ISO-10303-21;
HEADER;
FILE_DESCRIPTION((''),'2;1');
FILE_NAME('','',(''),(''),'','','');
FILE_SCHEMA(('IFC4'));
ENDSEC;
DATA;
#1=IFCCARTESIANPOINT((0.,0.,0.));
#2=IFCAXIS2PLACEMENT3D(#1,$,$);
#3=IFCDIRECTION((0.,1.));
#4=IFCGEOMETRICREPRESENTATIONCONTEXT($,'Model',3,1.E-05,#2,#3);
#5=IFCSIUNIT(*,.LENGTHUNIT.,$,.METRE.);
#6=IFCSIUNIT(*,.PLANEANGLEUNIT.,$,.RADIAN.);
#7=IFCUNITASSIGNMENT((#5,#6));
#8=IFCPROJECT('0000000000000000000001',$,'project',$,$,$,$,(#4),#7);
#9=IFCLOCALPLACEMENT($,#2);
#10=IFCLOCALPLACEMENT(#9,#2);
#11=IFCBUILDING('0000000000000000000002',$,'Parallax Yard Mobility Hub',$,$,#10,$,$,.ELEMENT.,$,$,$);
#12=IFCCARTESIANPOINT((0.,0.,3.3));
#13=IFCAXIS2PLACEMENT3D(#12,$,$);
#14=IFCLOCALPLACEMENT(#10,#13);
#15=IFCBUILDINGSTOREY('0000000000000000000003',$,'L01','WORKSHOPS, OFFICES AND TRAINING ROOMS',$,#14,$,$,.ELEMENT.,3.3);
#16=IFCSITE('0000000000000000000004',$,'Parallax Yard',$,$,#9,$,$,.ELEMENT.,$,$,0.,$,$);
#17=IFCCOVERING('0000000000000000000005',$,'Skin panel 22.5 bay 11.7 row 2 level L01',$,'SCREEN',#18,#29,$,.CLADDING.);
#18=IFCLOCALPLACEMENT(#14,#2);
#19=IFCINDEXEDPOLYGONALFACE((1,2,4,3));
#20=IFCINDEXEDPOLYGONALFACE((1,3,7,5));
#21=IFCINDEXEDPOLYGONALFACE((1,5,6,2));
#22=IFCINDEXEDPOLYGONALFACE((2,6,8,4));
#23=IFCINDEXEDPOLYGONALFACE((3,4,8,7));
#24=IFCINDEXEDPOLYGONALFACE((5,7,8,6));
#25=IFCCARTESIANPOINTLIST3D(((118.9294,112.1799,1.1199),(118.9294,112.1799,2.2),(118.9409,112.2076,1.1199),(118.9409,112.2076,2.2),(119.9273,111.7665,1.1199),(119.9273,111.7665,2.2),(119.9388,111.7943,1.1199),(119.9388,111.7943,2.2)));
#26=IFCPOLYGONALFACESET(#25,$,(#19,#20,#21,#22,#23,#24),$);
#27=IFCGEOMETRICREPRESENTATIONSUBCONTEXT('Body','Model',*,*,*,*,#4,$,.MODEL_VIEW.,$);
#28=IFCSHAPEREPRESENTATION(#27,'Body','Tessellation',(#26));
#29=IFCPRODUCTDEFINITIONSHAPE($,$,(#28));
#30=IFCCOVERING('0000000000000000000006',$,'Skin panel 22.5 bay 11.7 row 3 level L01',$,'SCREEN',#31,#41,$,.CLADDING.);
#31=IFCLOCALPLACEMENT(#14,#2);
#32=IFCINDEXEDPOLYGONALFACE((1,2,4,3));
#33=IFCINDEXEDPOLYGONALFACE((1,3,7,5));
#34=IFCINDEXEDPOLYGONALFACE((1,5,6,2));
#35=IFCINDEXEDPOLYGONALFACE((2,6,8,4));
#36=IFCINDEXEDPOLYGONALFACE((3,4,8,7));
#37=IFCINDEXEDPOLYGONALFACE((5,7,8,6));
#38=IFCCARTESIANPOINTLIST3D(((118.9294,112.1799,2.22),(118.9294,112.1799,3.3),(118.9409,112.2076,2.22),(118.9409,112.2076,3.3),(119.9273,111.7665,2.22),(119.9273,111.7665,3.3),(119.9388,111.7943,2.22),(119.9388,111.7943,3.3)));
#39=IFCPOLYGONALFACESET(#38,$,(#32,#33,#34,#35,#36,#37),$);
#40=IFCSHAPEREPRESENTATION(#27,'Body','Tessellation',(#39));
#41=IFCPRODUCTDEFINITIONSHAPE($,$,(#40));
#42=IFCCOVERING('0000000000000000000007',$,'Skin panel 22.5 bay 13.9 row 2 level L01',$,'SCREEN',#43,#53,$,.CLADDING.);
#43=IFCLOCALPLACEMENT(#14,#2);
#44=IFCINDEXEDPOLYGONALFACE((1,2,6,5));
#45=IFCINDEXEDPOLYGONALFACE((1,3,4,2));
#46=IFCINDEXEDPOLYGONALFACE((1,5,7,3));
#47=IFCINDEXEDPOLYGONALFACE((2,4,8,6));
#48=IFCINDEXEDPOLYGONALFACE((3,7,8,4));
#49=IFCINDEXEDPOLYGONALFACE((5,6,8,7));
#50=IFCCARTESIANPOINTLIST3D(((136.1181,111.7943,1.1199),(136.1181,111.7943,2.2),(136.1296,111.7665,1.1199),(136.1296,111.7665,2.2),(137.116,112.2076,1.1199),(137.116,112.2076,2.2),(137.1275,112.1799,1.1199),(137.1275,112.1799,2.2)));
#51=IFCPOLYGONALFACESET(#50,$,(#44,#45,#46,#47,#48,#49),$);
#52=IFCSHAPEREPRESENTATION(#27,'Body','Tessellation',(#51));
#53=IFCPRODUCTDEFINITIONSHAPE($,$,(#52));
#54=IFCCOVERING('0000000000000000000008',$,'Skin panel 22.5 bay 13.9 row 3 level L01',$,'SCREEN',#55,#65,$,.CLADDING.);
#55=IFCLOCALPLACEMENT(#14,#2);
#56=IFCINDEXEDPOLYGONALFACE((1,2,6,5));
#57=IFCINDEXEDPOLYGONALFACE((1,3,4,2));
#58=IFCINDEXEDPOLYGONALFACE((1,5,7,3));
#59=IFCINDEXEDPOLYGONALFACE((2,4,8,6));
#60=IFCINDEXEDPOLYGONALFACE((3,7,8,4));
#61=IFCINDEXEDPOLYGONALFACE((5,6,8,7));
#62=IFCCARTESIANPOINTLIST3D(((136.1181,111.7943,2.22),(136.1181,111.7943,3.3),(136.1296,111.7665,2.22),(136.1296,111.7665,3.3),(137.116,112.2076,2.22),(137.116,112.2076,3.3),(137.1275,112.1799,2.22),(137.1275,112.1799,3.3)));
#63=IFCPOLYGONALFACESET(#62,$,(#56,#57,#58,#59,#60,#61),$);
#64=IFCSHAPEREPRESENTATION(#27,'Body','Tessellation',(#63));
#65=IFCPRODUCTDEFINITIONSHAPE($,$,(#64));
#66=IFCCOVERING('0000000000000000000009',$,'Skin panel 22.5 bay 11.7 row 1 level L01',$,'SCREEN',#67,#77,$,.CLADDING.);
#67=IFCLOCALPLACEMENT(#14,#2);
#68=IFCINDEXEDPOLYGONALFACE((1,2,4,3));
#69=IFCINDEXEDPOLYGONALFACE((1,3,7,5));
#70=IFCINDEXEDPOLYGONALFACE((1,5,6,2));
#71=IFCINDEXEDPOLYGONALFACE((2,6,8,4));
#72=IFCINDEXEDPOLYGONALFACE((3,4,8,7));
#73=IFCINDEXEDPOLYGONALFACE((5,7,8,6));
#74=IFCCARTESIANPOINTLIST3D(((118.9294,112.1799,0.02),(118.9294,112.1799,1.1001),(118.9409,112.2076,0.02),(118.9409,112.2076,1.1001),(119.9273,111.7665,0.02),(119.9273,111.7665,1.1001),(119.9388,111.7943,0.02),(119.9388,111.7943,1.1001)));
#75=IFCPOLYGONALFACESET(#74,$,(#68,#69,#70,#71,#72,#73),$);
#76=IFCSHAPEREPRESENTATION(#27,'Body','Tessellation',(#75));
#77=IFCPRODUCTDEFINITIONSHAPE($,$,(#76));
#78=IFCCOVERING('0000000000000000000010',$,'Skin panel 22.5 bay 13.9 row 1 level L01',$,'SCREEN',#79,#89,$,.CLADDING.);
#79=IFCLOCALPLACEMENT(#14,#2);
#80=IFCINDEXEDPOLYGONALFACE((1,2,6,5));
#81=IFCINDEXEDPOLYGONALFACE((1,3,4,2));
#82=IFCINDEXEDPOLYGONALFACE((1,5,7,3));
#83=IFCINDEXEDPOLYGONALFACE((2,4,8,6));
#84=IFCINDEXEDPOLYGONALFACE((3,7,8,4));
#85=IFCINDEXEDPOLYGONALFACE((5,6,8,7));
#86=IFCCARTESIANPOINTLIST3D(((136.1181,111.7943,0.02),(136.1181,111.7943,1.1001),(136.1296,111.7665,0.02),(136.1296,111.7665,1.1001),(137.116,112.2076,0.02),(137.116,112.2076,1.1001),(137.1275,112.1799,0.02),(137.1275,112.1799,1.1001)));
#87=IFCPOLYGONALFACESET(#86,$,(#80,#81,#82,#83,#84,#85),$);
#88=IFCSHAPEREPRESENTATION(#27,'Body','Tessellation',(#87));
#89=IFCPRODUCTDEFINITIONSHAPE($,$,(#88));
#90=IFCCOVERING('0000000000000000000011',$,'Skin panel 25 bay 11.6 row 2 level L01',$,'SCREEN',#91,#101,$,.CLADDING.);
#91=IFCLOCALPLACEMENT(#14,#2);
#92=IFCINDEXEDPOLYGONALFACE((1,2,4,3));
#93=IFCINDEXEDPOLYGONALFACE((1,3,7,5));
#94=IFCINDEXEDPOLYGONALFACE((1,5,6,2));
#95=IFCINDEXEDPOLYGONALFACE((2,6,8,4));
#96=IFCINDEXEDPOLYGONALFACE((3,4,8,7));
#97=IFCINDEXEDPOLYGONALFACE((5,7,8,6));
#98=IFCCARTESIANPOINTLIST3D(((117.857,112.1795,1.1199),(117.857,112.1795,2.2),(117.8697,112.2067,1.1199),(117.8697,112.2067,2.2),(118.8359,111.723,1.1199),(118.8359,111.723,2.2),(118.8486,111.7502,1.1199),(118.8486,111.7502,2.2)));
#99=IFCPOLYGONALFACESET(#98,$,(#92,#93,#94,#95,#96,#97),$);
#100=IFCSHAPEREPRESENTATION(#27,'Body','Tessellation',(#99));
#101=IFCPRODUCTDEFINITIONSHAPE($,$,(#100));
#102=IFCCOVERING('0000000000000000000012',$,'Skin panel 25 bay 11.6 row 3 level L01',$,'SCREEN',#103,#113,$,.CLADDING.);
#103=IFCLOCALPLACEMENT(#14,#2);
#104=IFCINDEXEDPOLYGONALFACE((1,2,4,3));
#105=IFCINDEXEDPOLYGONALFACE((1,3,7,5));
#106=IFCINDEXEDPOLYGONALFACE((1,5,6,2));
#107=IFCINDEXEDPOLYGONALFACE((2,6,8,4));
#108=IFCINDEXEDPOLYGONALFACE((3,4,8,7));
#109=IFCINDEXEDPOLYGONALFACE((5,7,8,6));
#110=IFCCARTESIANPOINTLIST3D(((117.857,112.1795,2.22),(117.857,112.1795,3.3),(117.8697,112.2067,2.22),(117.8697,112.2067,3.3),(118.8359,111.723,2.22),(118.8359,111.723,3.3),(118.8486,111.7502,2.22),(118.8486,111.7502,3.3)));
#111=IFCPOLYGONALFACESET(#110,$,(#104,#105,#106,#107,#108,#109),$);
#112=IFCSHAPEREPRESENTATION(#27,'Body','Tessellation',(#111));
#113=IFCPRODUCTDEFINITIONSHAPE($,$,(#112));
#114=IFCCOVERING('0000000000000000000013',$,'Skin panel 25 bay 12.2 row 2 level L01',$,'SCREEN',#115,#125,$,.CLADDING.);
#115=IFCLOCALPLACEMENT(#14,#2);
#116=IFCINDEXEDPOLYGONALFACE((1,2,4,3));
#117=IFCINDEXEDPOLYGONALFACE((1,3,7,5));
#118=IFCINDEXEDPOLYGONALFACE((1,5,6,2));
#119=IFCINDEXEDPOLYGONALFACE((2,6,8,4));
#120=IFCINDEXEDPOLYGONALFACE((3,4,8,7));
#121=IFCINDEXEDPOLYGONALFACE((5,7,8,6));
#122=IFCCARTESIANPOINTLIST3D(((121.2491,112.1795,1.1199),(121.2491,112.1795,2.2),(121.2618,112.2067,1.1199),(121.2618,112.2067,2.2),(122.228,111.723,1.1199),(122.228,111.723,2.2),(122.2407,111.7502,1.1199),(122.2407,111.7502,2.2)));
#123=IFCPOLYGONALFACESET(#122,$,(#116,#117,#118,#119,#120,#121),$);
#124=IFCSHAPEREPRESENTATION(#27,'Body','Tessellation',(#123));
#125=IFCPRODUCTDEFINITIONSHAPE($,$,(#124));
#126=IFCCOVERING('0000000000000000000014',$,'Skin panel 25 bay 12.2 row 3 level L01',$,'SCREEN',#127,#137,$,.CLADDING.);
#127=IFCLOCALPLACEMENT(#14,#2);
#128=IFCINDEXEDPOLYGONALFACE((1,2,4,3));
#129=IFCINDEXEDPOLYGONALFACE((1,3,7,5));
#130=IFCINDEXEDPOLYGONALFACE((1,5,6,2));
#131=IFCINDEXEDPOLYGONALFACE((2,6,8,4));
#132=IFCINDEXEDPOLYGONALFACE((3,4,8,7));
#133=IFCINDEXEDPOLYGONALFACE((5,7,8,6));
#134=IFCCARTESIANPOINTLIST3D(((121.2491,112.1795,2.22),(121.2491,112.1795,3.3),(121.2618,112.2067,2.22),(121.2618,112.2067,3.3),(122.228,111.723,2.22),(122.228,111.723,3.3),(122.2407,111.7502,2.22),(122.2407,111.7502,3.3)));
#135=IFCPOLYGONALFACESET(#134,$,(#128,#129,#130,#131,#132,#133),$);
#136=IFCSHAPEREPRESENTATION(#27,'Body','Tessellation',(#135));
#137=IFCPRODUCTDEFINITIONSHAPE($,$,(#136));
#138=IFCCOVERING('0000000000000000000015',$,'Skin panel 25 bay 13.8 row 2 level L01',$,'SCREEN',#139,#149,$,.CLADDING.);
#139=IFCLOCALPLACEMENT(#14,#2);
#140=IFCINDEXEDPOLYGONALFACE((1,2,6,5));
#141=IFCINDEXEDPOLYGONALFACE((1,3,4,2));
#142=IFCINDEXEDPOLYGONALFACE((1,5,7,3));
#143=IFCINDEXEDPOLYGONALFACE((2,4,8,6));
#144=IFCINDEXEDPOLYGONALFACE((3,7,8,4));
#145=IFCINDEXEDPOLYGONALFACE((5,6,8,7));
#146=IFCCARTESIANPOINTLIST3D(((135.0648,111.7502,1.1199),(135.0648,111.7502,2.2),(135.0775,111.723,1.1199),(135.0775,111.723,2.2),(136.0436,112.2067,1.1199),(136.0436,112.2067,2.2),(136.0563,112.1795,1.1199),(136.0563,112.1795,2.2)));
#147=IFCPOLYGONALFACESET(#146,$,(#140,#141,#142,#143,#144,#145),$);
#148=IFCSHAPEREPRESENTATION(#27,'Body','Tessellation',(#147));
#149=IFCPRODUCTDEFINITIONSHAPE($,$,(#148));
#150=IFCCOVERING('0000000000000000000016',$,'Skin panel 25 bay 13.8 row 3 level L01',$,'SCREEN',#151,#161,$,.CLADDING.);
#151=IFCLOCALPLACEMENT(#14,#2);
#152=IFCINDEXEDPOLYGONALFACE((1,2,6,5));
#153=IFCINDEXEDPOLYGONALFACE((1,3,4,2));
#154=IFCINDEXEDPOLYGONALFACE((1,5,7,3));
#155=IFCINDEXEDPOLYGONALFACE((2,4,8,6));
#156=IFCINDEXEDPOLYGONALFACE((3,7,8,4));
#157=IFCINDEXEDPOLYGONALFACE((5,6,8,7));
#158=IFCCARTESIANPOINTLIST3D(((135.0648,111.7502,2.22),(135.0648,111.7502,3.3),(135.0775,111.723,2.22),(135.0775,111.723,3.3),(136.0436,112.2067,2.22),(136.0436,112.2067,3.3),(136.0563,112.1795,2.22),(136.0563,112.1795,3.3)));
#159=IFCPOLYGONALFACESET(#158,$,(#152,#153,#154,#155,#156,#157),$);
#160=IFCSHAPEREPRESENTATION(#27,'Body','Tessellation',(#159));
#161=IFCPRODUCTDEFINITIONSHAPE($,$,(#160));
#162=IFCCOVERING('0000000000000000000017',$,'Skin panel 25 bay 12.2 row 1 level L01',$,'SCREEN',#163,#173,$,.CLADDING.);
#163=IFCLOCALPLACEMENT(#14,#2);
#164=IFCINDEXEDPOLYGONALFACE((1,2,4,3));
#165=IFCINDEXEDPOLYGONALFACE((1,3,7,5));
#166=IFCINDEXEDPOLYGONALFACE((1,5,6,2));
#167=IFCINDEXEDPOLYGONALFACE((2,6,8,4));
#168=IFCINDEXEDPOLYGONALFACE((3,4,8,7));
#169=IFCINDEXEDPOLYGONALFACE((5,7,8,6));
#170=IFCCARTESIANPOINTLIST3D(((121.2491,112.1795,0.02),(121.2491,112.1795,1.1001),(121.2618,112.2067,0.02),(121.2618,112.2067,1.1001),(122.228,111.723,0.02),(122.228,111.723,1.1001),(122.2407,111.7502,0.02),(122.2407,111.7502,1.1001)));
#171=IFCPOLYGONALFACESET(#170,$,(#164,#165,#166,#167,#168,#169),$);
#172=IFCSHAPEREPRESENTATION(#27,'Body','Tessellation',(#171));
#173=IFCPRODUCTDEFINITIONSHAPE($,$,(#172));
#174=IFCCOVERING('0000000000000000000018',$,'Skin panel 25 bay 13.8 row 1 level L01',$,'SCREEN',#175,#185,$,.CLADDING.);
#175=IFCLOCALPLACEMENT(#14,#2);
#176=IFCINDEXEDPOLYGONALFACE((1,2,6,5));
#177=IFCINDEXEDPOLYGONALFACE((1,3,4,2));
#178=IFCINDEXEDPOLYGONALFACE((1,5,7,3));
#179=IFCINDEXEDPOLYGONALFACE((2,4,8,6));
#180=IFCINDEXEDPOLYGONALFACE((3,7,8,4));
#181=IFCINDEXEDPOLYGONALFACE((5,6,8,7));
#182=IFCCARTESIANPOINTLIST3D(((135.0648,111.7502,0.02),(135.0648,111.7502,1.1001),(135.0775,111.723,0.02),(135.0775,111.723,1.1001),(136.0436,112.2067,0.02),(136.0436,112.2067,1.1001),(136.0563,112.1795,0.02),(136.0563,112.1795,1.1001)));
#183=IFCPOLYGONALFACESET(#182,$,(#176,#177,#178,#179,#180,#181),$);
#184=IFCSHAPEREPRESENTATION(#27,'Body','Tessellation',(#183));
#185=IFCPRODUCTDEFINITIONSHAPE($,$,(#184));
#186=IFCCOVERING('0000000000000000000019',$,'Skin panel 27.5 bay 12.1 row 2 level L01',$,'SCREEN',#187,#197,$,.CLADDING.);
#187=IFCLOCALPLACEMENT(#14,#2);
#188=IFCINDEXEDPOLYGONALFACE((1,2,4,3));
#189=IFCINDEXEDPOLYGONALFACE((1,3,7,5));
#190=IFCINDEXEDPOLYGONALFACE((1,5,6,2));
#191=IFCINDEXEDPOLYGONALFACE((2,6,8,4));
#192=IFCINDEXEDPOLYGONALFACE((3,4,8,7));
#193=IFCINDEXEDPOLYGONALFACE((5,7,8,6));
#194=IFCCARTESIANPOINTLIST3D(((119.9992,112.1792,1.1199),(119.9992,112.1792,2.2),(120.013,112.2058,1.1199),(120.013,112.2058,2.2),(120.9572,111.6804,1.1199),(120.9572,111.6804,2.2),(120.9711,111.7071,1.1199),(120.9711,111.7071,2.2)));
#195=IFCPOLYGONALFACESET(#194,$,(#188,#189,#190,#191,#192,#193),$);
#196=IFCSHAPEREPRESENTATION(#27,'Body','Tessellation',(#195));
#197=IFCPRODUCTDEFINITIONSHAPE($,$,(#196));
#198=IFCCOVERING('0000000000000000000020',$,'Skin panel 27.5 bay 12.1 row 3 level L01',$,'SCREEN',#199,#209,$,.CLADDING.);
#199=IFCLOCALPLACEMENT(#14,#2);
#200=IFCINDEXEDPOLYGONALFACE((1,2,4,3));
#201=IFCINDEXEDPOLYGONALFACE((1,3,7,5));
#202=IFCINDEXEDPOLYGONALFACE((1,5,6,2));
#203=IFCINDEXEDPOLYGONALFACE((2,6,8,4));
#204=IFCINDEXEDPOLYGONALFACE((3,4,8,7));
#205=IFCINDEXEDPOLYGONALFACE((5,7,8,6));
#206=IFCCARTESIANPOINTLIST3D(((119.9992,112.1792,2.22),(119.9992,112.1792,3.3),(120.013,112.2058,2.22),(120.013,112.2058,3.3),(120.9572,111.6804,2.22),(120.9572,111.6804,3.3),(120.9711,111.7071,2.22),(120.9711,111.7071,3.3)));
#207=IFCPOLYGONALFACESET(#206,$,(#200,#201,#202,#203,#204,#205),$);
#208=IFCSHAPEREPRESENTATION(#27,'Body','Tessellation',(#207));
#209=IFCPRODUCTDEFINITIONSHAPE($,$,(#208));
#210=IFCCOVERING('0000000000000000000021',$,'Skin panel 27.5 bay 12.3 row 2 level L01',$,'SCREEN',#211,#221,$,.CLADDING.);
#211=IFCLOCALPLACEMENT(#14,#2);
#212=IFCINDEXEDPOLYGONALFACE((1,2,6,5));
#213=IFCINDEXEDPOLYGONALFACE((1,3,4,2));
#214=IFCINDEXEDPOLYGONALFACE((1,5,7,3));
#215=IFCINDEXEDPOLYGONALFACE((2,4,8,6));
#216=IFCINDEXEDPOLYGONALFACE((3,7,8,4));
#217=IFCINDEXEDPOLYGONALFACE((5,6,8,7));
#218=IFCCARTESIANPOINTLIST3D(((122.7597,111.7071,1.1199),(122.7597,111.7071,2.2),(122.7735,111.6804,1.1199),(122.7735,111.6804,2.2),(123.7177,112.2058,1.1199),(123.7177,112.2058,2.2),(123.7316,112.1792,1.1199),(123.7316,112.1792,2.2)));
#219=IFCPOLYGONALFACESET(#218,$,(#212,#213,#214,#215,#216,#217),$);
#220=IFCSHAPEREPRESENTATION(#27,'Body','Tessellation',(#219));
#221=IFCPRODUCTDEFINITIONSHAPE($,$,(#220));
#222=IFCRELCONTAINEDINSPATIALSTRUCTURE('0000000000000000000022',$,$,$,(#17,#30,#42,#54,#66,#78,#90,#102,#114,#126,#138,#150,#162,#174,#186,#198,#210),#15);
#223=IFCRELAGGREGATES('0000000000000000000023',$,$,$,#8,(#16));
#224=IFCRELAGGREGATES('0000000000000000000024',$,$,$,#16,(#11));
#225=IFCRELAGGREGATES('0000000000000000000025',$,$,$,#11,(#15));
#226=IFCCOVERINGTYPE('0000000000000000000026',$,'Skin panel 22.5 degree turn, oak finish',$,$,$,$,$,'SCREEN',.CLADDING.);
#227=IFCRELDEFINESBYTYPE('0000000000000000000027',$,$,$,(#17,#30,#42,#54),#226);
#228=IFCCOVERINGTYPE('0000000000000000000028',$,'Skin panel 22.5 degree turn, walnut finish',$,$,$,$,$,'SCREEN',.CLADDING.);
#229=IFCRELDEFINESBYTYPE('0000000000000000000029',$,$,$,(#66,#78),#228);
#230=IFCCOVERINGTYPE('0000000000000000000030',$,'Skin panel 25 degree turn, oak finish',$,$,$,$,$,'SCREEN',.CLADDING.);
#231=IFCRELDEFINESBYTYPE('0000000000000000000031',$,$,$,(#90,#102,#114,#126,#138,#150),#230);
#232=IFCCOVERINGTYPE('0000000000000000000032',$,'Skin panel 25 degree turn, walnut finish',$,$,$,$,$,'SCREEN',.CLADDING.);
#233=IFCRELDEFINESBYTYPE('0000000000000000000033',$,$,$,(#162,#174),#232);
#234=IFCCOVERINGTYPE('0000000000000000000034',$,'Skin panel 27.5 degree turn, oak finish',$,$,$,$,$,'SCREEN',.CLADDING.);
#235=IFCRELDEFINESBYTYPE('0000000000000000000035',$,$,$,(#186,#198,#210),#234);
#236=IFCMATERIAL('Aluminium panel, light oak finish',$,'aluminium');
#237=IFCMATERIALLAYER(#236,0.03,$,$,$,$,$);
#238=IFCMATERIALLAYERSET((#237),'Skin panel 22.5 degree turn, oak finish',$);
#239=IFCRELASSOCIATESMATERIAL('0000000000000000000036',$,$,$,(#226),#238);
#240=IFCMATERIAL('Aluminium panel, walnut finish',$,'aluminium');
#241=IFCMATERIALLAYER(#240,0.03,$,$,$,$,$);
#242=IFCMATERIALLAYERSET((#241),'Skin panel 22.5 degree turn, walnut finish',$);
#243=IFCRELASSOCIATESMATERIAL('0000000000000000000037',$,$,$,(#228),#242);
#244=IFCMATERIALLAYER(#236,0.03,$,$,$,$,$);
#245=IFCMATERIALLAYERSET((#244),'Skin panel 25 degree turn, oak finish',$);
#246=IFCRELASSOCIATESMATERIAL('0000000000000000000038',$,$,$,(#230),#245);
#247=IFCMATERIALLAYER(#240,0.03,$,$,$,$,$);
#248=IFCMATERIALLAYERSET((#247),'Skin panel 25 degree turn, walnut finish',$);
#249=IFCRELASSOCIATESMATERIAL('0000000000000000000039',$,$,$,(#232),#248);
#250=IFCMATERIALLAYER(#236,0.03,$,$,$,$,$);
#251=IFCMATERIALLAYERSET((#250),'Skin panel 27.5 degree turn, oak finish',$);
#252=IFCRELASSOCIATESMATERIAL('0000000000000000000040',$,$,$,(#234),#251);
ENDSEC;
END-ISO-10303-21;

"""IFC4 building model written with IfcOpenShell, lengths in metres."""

from ifc_helpers import new_model, si_unit, direction, frame, origin, origin_2d, place, context, subcontext, project, spatial, rectangle, extrude, material, layer, layer_set, type_object, element, save


model = new_model("IFC4")

# Units and contexts
model_context = context("Model", 3, precision=1e-05, world=origin(), true_north=direction((0.0, 1.0)))
body_context = subcontext(model_context, "Body", "Model", "MODEL_VIEW")
ifc_project = project(units=[si_unit("LENGTHUNIT", "METRE"), si_unit("PLANEANGLEUNIT", "RADIAN")], contexts=[model_context])

# Site, building, storey
site_placement = place(None, origin())
site = spatial("IfcSite", under=ifc_project, at=site_placement, Name="Parallax Yard", CompositionType="ELEMENT", RefElevation=0.0)
building_placement = place(site_placement, origin())
building = spatial("IfcBuilding", under=site, at=building_placement, Name="Parallax Yard Mobility Hub", CompositionType="ELEMENT")
storey_placement = place(building_placement, frame((0.0, 0.0, 3.3)))
storey = spatial("IfcBuildingStorey", under=building, at=storey_placement, Name="L01", Description="WORKSHOPS, OFFICES AND TRAINING ROOMS", CompositionType="ELEMENT", Elevation=3.3)

# Coverings
ifc_material_1 = material(Name="Aluminium panel, light oak finish", Category="aluminium")
ifc_layer_1 = layer(ifc_material_1, 0.03)
ifc_layer_set_1 = layer_set([ifc_layer_1], Name="Skin panel 22.5 degree turn, oak finish")
covering_type_1 = type_object("IfcCoveringType", Name="Skin panel 22.5 degree turn, oak finish", ElementType="SCREEN", PredefinedType="CLADDING", material=ifc_layer_set_1)
for number, where, z_axis, x_axis, name in (
    (1, (119.4341, 111.9871, 1.1199), (0.0, 0.0, 1.0), (0.92388, -0.382683, 0.0), "Skin panel 22.5 bay 11.7 row 2 level L01"),
    (2, (119.4341, 111.9871, 2.22), (0.0, 0.0, 1.0), (0.92388, -0.382683, 0.0), "Skin panel 22.5 bay 11.7 row 3 level L01"),
    (3, (136.6228, 111.9871, 1.1199), (0.0, 0.0, 1.0), (-0.92388, -0.382683, 0.0), "Skin panel 22.5 bay 13.9 row 2 level L01"),
    (4, (136.6228, 111.9871, 2.22), (0.0, 0.0, 1.0), (-0.92388, -0.382683, 0.0), "Skin panel 22.5 bay 13.9 row 3 level L01"),
):
    element("IfcCovering", number, at=place(storey_placement, frame(where, z_axis=z_axis, x_axis=x_axis)), inside=storey, type_object=covering_type_1, Name=name, ObjectType="SCREEN", PredefinedType="CLADDING", context=body_context, shape_type="SweptSolid", body=[
        extrude(rectangle(XDim=1.0801, YDim=0.03, at=origin_2d()), origin(), (0.0, 0.0, 1.0), 1.0801),
    ])
ifc_material_2 = material(Name="Aluminium panel, walnut finish", Category="aluminium")
ifc_layer_2 = layer(ifc_material_2, 0.03)
ifc_layer_set_2 = layer_set([ifc_layer_2], Name="Skin panel 22.5 degree turn, walnut finish")
covering_type_2 = type_object("IfcCoveringType", Name="Skin panel 22.5 degree turn, walnut finish", ElementType="SCREEN", PredefinedType="CLADDING", material=ifc_layer_set_2)
for number, where, z_axis, x_axis, name in (
    (5, (119.4341, 111.9871, 0.02), (0.0, 0.0, 1.0), (0.92388, -0.382683, 0.0), "Skin panel 22.5 bay 11.7 row 1 level L01"),
    (6, (136.6228, 111.9871, 0.02), (0.0, 0.0, 1.0), (-0.92388, -0.382683, 0.0), "Skin panel 22.5 bay 13.9 row 1 level L01"),
):
    element("IfcCovering", number, at=place(storey_placement, frame(where, z_axis=z_axis, x_axis=x_axis)), inside=storey, type_object=covering_type_2, Name=name, ObjectType="SCREEN", PredefinedType="CLADDING", context=body_context, shape_type="SweptSolid", body=[
        extrude(rectangle(XDim=1.0801, YDim=0.03, at=origin_2d()), origin(), (0.0, 0.0, 1.0), 1.0801),
    ])
ifc_layer_3 = layer(ifc_material_1, 0.03)
ifc_layer_set_3 = layer_set([ifc_layer_3], Name="Skin panel 25 degree turn, oak finish")
covering_type_3 = type_object("IfcCoveringType", Name="Skin panel 25 degree turn, oak finish", ElementType="SCREEN", PredefinedType="CLADDING", material=ifc_layer_set_3)
for number, where, z_axis, x_axis, name in (
    (7, (118.3528, 111.9648, 1.1199), (0.0, 0.0, 1.0), (0.906308, -0.422618, 0.0), "Skin panel 25 bay 11.6 row 2 level L01"),
    (8, (118.3528, 111.9648, 2.22), (0.0, 0.0, 1.0), (0.906308, -0.422618, 0.0), "Skin panel 25 bay 11.6 row 3 level L01"),
    (9, (121.7449, 111.9648, 1.1199), (0.0, 0.0, 1.0), (0.906308, -0.422618, 0.0), "Skin panel 25 bay 12.2 row 2 level L01"),
    (10, (121.7449, 111.9648, 2.22), (0.0, 0.0, 1.0), (0.906308, -0.422618, 0.0), "Skin panel 25 bay 12.2 row 3 level L01"),
    (11, (135.5605, 111.9648, 1.1199), (0.0, 0.0, 1.0), (-0.906308, -0.422618, 0.0), "Skin panel 25 bay 13.8 row 2 level L01"),
    (12, (135.5605, 111.9648, 2.22), (0.0, 0.0, 1.0), (-0.906308, -0.422618, 0.0), "Skin panel 25 bay 13.8 row 3 level L01"),
):
    element("IfcCovering", number, at=place(storey_placement, frame(where, z_axis=z_axis, x_axis=x_axis)), inside=storey, type_object=covering_type_3, Name=name, ObjectType="SCREEN", PredefinedType="CLADDING", context=body_context, shape_type="SweptSolid", body=[
        extrude(rectangle(XDim=1.0801, YDim=0.03, at=origin_2d()), origin(), (0.0, 0.0, 1.0), 1.0801),
    ])
ifc_layer_4 = layer(ifc_material_2, 0.03)
ifc_layer_set_4 = layer_set([ifc_layer_4], Name="Skin panel 25 degree turn, walnut finish")
covering_type_4 = type_object("IfcCoveringType", Name="Skin panel 25 degree turn, walnut finish", ElementType="SCREEN", PredefinedType="CLADDING", material=ifc_layer_set_4)
for number, where, z_axis, x_axis, name in (
    (13, (121.7449, 111.9648, 0.02), (0.0, 0.0, 1.0), (0.906308, -0.422618, 0.0), "Skin panel 25 bay 12.2 row 1 level L01"),
    (14, (135.5605, 111.9648, 0.02), (0.0, 0.0, 1.0), (-0.906308, -0.422618, 0.0), "Skin panel 25 bay 13.8 row 1 level L01"),
):
    element("IfcCovering", number, at=place(storey_placement, frame(where, z_axis=z_axis, x_axis=x_axis)), inside=storey, type_object=covering_type_4, Name=name, ObjectType="SCREEN", PredefinedType="CLADDING", context=body_context, shape_type="SweptSolid", body=[
        extrude(rectangle(XDim=1.0801, YDim=0.03, at=origin_2d()), origin(), (0.0, 0.0, 1.0), 1.0801),
    ])
ifc_layer_5 = layer(ifc_material_1, 0.03)
ifc_layer_set_5 = layer_set([ifc_layer_5], Name="Skin panel 27.5 degree turn, oak finish")
covering_type_5 = type_object("IfcCoveringType", Name="Skin panel 27.5 degree turn, oak finish", ElementType="SCREEN", PredefinedType="CLADDING", material=ifc_layer_set_5)
for number, where, z_axis, x_axis, name in (
    (15, (120.4851, 111.9431, 1.1199), (0.0, 0.0, 1.0), (0.887011, -0.461749, 0.0), "Skin panel 27.5 bay 12.1 row 2 level L01"),
    (16, (120.4851, 111.9431, 2.22), (0.0, 0.0, 1.0), (0.887011, -0.461749, 0.0), "Skin panel 27.5 bay 12.1 row 3 level L01"),
    (17, (123.2456, 111.9431, 1.1199), (0.0, 0.0, 1.0), (-0.887011, -0.461749, 0.0), "Skin panel 27.5 bay 12.3 row 2 level L01"),
):
    element("IfcCovering", number, at=place(storey_placement, frame(where, z_axis=z_axis, x_axis=x_axis)), inside=storey, type_object=covering_type_5, Name=name, ObjectType="SCREEN", PredefinedType="CLADDING", context=body_context, shape_type="SweptSolid", body=[
        extrude(rectangle(XDim=1.0801, YDim=0.03, at=origin_2d()), origin(), (0.0, 0.0, 1.0), 1.0801),
    ])

save(model, "model.ifc")
